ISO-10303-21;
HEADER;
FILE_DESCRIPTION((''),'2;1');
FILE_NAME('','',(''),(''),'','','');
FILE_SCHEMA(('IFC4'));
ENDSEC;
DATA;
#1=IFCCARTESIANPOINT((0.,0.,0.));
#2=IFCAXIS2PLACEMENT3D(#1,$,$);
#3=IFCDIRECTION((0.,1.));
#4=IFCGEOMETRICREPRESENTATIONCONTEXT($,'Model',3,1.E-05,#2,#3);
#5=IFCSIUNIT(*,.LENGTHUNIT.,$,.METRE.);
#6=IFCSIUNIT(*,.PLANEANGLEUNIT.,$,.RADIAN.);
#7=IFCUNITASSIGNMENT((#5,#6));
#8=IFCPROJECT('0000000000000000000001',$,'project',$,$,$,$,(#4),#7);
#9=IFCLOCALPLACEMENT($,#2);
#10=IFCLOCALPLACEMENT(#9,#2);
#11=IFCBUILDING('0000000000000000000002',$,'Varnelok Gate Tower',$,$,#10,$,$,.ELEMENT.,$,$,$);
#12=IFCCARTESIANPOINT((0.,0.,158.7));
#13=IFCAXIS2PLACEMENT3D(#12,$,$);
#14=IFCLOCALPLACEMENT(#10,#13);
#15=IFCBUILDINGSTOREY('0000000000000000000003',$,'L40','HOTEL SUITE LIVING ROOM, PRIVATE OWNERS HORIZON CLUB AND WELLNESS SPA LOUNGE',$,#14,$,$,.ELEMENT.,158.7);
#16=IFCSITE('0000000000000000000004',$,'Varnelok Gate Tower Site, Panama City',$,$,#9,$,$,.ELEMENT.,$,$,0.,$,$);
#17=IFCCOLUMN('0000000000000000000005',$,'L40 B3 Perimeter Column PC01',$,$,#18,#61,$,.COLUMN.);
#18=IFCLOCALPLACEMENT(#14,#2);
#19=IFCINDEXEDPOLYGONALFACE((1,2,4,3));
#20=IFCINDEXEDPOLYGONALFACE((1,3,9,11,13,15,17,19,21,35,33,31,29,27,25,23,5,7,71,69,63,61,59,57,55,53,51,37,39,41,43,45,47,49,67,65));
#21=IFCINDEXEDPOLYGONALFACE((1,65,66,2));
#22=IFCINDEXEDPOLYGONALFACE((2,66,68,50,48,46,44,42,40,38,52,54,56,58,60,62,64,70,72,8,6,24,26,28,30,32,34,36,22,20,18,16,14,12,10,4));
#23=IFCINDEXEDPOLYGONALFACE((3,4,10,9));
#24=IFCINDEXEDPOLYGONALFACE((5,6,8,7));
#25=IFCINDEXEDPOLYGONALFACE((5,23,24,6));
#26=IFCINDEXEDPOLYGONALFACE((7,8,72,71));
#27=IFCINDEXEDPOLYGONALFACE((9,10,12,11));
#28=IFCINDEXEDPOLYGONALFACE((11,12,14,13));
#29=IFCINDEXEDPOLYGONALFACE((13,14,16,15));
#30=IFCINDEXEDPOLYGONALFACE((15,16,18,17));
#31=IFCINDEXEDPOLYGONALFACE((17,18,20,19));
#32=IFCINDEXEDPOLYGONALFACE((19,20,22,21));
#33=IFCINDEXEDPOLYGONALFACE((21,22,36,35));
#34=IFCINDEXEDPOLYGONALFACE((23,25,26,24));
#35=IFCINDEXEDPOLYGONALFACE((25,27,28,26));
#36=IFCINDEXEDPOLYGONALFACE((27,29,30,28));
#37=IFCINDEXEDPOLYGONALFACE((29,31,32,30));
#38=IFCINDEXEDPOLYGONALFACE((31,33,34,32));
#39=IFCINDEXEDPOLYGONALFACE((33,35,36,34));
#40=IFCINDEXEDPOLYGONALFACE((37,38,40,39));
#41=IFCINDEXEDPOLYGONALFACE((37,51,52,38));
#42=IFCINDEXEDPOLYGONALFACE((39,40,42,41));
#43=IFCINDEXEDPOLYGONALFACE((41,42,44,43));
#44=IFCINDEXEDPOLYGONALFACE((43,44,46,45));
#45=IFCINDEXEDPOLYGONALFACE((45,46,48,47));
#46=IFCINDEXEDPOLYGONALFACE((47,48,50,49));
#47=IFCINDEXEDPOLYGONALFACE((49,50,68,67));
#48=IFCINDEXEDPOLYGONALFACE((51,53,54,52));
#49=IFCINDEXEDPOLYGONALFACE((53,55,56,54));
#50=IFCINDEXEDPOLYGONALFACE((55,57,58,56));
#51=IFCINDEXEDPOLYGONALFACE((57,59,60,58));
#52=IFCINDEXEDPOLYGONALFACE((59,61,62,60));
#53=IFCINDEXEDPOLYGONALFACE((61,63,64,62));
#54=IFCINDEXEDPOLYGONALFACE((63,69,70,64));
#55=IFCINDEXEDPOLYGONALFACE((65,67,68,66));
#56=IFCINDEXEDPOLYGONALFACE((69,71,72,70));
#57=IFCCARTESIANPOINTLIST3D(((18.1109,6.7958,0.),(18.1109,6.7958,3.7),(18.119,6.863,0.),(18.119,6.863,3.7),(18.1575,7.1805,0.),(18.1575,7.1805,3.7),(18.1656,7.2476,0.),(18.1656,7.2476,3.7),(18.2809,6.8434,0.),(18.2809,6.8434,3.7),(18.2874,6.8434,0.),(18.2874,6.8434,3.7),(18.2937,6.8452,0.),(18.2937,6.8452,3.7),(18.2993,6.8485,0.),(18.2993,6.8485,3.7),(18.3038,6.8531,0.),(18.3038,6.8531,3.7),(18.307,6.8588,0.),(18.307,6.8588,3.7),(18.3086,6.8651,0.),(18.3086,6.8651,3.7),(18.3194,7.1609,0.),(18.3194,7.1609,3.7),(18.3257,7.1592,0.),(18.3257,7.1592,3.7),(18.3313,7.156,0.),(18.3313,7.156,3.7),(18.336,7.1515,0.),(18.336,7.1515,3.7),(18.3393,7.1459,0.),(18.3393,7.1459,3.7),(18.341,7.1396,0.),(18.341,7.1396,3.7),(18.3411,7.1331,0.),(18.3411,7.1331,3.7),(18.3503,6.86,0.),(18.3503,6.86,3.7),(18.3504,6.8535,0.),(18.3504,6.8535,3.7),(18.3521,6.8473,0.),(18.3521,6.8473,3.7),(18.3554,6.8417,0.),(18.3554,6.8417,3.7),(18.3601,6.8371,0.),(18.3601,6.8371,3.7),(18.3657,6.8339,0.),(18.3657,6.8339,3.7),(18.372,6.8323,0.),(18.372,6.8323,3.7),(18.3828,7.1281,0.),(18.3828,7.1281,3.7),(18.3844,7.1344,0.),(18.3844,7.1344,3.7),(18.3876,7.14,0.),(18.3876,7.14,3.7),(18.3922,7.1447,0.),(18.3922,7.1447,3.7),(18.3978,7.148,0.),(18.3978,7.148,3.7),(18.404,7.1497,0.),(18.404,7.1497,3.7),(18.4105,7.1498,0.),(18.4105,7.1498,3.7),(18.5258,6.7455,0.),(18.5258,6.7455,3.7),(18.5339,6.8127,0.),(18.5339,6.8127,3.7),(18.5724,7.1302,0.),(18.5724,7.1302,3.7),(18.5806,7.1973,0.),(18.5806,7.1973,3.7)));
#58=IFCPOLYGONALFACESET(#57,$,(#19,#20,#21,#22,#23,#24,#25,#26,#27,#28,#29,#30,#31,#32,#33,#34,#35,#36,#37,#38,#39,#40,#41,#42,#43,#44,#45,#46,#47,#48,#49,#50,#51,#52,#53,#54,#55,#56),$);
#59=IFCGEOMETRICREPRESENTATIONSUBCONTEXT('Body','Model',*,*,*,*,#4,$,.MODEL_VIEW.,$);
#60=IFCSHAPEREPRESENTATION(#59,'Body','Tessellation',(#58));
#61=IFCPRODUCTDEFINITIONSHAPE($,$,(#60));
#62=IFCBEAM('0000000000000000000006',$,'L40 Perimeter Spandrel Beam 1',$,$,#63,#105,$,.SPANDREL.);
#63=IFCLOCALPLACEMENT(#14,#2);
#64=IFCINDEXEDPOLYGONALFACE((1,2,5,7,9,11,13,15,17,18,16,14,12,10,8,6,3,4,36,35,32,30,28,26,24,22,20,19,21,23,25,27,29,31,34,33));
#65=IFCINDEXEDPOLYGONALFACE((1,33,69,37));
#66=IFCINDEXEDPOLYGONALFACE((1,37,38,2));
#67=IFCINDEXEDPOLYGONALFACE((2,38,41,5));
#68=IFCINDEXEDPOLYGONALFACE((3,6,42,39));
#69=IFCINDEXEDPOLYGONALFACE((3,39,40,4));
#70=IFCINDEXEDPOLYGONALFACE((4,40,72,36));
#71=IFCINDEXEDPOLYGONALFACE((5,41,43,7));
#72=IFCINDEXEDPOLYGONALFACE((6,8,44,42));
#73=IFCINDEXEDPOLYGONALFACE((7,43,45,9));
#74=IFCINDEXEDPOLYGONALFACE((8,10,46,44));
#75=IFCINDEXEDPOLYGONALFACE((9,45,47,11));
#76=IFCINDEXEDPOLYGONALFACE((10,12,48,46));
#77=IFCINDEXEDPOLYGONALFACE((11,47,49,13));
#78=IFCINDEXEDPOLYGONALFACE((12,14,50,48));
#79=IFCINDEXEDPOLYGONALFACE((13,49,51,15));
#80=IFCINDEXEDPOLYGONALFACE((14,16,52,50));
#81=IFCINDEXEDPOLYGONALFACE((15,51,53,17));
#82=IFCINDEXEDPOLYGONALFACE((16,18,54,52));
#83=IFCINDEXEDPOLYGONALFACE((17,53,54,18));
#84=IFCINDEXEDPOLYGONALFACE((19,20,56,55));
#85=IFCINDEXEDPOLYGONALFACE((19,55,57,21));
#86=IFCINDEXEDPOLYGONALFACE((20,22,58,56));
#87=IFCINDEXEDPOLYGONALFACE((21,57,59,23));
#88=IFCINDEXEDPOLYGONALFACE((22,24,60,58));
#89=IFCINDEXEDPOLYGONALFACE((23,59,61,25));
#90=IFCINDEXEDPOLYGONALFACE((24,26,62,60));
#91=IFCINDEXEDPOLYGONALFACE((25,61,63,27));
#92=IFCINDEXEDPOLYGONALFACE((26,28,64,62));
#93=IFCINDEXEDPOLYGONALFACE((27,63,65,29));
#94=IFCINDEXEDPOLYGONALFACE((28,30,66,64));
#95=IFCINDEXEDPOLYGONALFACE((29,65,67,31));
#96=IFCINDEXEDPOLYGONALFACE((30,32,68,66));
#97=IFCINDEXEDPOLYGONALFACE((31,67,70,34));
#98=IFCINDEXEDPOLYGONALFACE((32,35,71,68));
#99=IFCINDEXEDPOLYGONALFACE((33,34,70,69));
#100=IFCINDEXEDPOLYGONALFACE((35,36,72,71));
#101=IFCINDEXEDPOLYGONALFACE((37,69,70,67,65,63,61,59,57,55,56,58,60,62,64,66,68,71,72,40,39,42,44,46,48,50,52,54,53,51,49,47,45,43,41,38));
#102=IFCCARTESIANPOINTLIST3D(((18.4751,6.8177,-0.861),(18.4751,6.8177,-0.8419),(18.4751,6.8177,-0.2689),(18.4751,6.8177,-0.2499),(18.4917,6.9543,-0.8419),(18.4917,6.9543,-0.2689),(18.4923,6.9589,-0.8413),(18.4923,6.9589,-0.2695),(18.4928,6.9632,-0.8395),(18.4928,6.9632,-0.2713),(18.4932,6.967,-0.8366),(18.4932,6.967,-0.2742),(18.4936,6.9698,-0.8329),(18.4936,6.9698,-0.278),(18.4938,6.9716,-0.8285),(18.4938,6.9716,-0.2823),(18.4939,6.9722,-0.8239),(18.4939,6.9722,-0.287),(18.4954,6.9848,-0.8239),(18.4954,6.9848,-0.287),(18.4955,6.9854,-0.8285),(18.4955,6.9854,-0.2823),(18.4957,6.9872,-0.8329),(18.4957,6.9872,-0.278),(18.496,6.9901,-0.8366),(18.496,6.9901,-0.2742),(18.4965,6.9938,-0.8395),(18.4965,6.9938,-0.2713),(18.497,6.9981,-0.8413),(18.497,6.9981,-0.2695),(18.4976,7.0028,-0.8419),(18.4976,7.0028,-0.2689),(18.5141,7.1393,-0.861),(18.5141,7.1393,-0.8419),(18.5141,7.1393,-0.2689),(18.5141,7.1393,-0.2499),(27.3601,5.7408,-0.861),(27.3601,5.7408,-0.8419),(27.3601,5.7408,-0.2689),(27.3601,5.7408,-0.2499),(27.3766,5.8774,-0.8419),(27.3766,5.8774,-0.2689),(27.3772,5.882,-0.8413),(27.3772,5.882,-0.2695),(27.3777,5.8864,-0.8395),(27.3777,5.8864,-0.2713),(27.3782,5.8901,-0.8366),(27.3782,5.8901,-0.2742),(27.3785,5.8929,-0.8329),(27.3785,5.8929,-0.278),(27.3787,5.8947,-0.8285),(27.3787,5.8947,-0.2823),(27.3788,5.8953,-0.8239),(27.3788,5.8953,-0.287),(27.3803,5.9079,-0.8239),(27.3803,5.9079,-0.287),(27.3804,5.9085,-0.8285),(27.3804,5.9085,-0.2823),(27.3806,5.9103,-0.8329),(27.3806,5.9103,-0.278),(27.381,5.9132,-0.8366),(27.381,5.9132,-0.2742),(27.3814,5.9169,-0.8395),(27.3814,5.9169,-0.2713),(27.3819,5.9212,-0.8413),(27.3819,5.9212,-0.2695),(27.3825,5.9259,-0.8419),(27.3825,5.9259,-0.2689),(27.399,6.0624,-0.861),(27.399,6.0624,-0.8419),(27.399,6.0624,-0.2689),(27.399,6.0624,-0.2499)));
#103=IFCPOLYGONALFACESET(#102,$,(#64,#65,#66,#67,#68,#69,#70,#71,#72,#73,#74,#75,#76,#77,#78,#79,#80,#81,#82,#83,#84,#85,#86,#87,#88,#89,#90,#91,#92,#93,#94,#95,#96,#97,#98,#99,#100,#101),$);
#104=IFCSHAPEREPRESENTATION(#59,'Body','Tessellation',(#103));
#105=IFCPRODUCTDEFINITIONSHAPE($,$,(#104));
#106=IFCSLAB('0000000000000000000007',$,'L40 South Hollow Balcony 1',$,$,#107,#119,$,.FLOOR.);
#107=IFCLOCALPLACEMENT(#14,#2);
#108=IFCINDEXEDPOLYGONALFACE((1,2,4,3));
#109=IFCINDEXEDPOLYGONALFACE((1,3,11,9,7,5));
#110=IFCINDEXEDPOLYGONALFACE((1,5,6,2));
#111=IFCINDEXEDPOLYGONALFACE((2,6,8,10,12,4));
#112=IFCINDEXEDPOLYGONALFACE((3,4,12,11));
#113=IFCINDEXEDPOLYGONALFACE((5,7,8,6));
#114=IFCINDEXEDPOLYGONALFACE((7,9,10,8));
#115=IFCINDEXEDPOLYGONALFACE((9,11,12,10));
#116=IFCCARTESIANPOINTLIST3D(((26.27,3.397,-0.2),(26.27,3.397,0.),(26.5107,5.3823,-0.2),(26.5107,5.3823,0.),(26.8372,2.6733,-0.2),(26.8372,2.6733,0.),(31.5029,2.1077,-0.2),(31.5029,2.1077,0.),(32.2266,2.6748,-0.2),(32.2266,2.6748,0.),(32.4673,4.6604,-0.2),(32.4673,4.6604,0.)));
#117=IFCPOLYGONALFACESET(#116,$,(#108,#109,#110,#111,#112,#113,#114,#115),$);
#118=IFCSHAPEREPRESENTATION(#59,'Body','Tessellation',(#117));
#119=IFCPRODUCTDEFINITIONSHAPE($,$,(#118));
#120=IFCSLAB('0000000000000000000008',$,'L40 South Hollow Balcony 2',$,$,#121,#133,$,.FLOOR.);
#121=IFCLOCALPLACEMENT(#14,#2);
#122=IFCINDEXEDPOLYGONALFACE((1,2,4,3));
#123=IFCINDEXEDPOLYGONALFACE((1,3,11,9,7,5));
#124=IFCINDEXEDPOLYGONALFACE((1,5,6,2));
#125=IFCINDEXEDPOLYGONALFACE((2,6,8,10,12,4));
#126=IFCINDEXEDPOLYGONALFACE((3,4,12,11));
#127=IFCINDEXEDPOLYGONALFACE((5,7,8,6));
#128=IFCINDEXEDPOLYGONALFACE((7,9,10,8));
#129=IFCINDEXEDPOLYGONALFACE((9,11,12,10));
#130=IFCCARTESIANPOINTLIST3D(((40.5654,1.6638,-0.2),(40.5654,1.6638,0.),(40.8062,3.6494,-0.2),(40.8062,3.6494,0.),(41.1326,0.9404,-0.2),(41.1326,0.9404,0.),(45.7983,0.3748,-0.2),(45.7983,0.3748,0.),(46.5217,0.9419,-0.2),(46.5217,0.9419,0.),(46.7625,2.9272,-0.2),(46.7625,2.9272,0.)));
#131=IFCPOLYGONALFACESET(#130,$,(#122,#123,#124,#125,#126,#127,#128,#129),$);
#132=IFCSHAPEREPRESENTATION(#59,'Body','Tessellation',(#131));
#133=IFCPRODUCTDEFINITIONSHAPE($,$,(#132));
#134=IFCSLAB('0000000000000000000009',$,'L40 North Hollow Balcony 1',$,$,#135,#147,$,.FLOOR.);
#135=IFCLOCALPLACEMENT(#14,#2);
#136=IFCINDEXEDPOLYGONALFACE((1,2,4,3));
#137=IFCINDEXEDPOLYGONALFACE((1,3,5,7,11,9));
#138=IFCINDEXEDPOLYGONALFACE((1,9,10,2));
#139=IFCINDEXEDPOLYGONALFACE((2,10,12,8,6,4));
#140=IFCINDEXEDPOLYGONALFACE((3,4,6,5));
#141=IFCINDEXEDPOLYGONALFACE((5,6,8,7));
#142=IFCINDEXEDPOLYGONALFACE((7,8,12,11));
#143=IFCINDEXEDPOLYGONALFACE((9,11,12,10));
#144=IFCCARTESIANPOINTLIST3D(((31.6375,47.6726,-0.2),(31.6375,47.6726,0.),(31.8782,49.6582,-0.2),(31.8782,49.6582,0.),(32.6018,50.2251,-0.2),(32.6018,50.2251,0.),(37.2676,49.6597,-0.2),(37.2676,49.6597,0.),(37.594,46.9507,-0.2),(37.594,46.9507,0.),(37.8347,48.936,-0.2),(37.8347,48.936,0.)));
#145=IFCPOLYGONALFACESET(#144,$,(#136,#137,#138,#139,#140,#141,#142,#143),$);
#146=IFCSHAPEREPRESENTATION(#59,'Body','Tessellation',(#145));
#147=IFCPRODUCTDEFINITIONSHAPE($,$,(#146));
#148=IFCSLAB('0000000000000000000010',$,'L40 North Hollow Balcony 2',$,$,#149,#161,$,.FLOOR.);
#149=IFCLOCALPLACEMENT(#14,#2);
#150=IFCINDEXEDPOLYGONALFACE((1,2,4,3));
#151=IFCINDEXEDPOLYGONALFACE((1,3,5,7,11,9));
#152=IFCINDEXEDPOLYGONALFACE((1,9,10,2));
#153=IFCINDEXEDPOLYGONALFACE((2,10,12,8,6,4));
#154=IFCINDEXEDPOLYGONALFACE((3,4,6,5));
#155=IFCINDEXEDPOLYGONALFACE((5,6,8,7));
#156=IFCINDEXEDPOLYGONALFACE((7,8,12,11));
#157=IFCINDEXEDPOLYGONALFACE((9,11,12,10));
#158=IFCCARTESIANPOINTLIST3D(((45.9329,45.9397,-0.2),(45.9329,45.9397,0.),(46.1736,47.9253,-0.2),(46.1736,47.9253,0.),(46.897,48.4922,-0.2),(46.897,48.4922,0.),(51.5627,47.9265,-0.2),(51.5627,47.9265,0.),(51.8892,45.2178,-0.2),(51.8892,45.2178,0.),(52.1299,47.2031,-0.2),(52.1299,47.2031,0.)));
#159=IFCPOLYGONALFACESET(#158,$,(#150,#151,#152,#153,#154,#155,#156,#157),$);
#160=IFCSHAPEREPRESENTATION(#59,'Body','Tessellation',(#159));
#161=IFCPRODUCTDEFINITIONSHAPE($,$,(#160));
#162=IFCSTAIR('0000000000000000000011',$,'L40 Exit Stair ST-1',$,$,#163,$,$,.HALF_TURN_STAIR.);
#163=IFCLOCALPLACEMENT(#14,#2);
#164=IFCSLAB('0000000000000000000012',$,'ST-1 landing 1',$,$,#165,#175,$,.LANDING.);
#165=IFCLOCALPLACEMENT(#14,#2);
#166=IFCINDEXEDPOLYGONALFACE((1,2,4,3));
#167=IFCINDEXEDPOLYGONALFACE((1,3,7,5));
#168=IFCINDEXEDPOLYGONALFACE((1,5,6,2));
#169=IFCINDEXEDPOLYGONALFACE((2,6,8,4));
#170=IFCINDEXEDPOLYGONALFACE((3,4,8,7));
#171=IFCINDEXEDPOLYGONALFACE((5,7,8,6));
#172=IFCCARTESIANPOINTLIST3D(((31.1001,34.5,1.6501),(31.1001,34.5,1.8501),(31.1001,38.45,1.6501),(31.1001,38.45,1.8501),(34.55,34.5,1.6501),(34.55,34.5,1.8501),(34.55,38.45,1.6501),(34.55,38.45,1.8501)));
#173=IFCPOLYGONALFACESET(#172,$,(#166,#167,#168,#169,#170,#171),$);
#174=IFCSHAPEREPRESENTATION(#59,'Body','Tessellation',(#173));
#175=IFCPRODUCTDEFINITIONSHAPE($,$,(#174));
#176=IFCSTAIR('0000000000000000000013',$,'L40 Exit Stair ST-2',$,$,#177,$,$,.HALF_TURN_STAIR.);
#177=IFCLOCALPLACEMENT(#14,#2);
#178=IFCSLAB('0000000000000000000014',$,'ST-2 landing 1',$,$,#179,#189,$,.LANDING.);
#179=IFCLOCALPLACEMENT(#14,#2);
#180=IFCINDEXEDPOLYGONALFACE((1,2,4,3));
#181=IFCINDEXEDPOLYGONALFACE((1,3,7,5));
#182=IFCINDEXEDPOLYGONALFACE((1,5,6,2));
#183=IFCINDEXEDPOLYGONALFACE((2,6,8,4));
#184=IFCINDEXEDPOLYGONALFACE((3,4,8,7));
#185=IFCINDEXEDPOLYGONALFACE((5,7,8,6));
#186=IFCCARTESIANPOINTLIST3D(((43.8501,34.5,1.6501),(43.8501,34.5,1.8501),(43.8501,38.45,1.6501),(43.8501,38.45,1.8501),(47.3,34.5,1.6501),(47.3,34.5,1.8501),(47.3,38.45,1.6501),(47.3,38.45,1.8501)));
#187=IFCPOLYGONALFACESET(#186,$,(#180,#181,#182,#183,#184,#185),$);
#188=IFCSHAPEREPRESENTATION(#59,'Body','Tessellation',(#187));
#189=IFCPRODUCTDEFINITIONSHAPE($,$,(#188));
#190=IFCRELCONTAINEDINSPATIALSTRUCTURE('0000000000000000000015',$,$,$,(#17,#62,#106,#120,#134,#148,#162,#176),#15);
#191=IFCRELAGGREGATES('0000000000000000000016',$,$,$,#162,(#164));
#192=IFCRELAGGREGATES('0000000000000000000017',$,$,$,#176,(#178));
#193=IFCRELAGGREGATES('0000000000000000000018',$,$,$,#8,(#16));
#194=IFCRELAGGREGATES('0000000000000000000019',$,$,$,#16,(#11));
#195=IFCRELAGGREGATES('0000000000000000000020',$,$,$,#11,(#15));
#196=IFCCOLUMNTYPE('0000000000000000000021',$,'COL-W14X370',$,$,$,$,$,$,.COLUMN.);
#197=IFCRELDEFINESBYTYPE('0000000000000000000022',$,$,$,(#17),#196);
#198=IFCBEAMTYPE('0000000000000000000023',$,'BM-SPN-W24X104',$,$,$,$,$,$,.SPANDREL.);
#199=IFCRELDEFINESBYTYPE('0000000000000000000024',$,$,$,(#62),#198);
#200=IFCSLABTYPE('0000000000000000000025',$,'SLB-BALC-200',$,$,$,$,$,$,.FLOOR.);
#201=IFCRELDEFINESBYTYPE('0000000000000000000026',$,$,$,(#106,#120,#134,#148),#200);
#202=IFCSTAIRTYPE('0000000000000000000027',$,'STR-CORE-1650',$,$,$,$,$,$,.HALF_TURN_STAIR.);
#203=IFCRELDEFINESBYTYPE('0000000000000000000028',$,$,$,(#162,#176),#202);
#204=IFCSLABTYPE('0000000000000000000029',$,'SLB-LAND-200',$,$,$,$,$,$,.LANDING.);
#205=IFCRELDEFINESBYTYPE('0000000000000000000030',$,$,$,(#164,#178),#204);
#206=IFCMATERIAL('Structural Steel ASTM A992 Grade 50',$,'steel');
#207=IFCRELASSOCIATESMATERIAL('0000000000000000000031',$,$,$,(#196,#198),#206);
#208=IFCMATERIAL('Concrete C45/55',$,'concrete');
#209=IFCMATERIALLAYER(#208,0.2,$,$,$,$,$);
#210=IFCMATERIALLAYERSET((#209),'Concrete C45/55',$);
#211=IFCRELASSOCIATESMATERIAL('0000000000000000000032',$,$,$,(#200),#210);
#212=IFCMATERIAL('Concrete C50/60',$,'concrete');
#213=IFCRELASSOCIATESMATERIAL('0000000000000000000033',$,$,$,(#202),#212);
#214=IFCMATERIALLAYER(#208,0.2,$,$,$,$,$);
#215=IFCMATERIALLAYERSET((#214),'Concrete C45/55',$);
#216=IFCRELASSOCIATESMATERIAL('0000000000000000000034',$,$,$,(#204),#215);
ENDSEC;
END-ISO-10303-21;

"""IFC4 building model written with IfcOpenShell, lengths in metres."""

from ifc_helpers import new_model, si_unit, direction, frame, origin, origin_2d, place, context, subcontext, project, spatial, polyline, i_section, outline, extrude, material, layer, layer_set, material_profile, profile_set, type_object, element, aggregate, save


model = new_model("IFC4")

# Units and contexts
model_context = context("Model", 3, precision=1e-05, world=origin(), true_north=direction((0.0, 1.0)))
body_context = subcontext(model_context, "Body", "Model", "MODEL_VIEW")
ifc_project = project(units=[si_unit("LENGTHUNIT", "METRE"), si_unit("PLANEANGLEUNIT", "RADIAN")], contexts=[model_context])

# Site, building, storey
site_placement = place(None, origin())
site = spatial("IfcSite", under=ifc_project, at=site_placement, Name="Varnelok Gate Tower Site, Panama City", CompositionType="ELEMENT", RefElevation=0.0)
building_placement = place(site_placement, origin())
building = spatial("IfcBuilding", under=site, at=building_placement, Name="Varnelok Gate Tower", CompositionType="ELEMENT")
storey_placement = place(building_placement, frame((0.0, 0.0, 158.7)))
storey = spatial("IfcBuildingStorey", under=building, at=storey_placement, Name="L40", Description="HOTEL SUITE LIVING ROOM, PRIVATE OWNERS HORIZON CLUB AND WELLNESS SPA LOUNGE", CompositionType="ELEMENT", Elevation=158.7)

# Column
ifc_material_1 = material(Name="Structural Steel ASTM A992 Grade 50", Category="steel")
ifc_material_profile_1 = material_profile(ifc_material_1, i_section(OverallWidth=0.418, OverallDepth=0.4551, WebThickness=0.042, FlangeThickness=0.0676, FilletRadius=0.0249, at=origin_2d()), Name="W14X370")
ifc_profile_set_1 = profile_set([ifc_material_profile_1], Name="Structural Steel ASTM A992 Grade 50")
column_type = type_object("IfcColumnType", Name="COL-W14X370", PredefinedType="COLUMN", material=ifc_profile_set_1)
column_placement = place(storey_placement, frame((18.3457, 6.9966, 0.0), z_axis=(0.0, 0.0, 1.0), x_axis=(0.992732, -0.120345, 0.0)))
element("IfcColumn", 1, at=column_placement, inside=storey, type_object=column_type, Name="L40 B3 Perimeter Column PC01", PredefinedType="COLUMN", context=body_context, shape_type="SweptSolid", body=[
    extrude(i_section(OverallWidth=0.418, OverallDepth=0.4551, WebThickness=0.042, FlangeThickness=0.0676, FilletRadius=0.0249, at=origin_2d()), origin(), (0.0, 0.0, 1.0), 3.7),
])

# Beam
ifc_material_profile_2 = material_profile(ifc_material_1, i_section(OverallWidth=0.324, OverallDepth=0.6111, WebThickness=0.0127, FlangeThickness=0.019, FilletRadius=0.0181, at=origin_2d()), Name="W24X104")
ifc_profile_set_2 = profile_set([ifc_material_profile_2], Name="Structural Steel ASTM A992 Grade 50")
beam_type = type_object("IfcBeamType", Name="BM-SPN-W24X104", PredefinedType="SPANDREL", material=ifc_profile_set_2)
beam_placement = place(storey_placement, frame((18.4946, 6.9785, -0.5554), z_axis=(0.992735, -0.120324, 0.0), x_axis=(0.120324, 0.992735, 0.0)))
element("IfcBeam", 2, at=beam_placement, inside=storey, type_object=beam_type, Name="L40 Perimeter Spandrel Beam 1", PredefinedType="SPANDREL", context=body_context, shape_type="SweptSolid", body=[
    extrude(i_section(OverallWidth=0.324, OverallDepth=0.6111, WebThickness=0.0127, FlangeThickness=0.019, FilletRadius=0.0181, at=origin_2d()), origin(), (0.0, 0.0, 1.0), 8.95),
])

# Slabs
ifc_material_2 = material(Name="Concrete C45/55", Category="concrete")
ifc_layer_1 = layer(ifc_material_2, 0.2)
ifc_layer_set_1 = layer_set([ifc_layer_1], Name="Concrete C45/55")
slab_type_1 = type_object("IfcSlabType", Name="SLB-BALC-200", PredefinedType="FLOOR", material=ifc_layer_set_1)
slab_1_placement = place(storey_placement, frame((0.0, 0.0, -0.2)))
element("IfcSlab", 3, at=slab_1_placement, inside=storey, type_object=slab_type_1, Name="L40 South Hollow Balcony 1", PredefinedType="FLOOR", context=body_context, shape_type="SweptSolid", body=[
    extrude(outline(polyline([(26.27, 3.397), (26.8372, 2.6733), (31.5029, 2.1077), (32.2266, 2.6748), (32.4673, 4.6604), (26.5107, 5.3823), (26.27, 3.397)])), origin(), (0.0, 0.0, 1.0), 0.2),
])
slab_2_placement = place(storey_placement, frame((0.0, 0.0, -0.2)))
element("IfcSlab", 4, at=slab_2_placement, inside=storey, type_object=slab_type_1, Name="L40 South Hollow Balcony 2", PredefinedType="FLOOR", context=body_context, shape_type="SweptSolid", body=[
    extrude(outline(polyline([(40.5654, 1.6638), (41.1326, 0.9404), (45.7983, 0.3748), (46.5217, 0.9419), (46.7625, 2.9272), (40.8062, 3.6494), (40.5654, 1.6638)])), origin(), (0.0, 0.0, 1.0), 0.2),
])
slab_3_placement = place(storey_placement, frame((0.0, 0.0, -0.2)))
element("IfcSlab", 5, at=slab_3_placement, inside=storey, type_object=slab_type_1, Name="L40 North Hollow Balcony 1", PredefinedType="FLOOR", context=body_context, shape_type="SweptSolid", body=[
    extrude(outline(polyline([(31.6375, 47.6726), (37.594, 46.9507), (37.8347, 48.936), (37.2676, 49.6597), (32.6018, 50.2251), (31.8782, 49.6582), (31.6375, 47.6726)])), origin(), (0.0, 0.0, 1.0), 0.2),
])
slab_4_placement = place(storey_placement, frame((0.0, 0.0, -0.2)))
element("IfcSlab", 6, at=slab_4_placement, inside=storey, type_object=slab_type_1, Name="L40 North Hollow Balcony 2", PredefinedType="FLOOR", context=body_context, shape_type="SweptSolid", body=[
    extrude(outline(polyline([(45.9329, 45.9397), (51.8892, 45.2178), (52.1299, 47.2031), (51.5627, 47.9265), (46.897, 48.4922), (46.1736, 47.9253), (45.9329, 45.9397)])), origin(), (0.0, 0.0, 1.0), 0.2),
])

# Stairs, slabs
ifc_material_3 = material(Name="Concrete C50/60", Category="concrete")
stair_type = type_object("IfcStairType", Name="STR-CORE-1650", PredefinedType="HALF_TURN_STAIR", material=ifc_material_3)
stair_1_placement = place(storey_placement, origin())
stair_1 = element("IfcStair", 7, at=stair_1_placement, inside=storey, type_object=stair_type, Name="L40 Exit Stair ST-1", PredefinedType="HALF_TURN_STAIR")
ifc_layer_2 = layer(ifc_material_2, 0.2)
ifc_layer_set_2 = layer_set([ifc_layer_2], Name="Concrete C45/55")
slab_type_2 = type_object("IfcSlabType", Name="SLB-LAND-200", PredefinedType="LANDING", material=ifc_layer_set_2)
slab_5_placement = place(storey_placement, frame((0.0, 0.0, 1.6501)))
slab_5 = element("IfcSlab", 8, at=slab_5_placement, type_object=slab_type_2, Name="ST-1 landing 1", PredefinedType="LANDING", context=body_context, shape_type="SweptSolid", body=[
    extrude(outline(polyline([(34.55, 34.5), (34.55, 38.45), (31.1001, 38.45), (31.1001, 34.5), (34.55, 34.5)])), origin(), (0.0, 0.0, 1.0), 0.2),
])
aggregate(stair_1, [slab_5])
stair_2_placement = place(storey_placement, origin())
stair_2 = element("IfcStair", 9, at=stair_2_placement, inside=storey, type_object=stair_type, Name="L40 Exit Stair ST-2", PredefinedType="HALF_TURN_STAIR")
slab_6_placement = place(storey_placement, frame((0.0, 0.0, 1.6501)))
slab_6 = element("IfcSlab", 10, at=slab_6_placement, type_object=slab_type_2, Name="ST-2 landing 1", PredefinedType="LANDING", context=body_context, shape_type="SweptSolid", body=[
    extrude(outline(polyline([(47.3, 34.5), (47.3, 38.45), (43.8501, 38.45), (43.8501, 34.5), (47.3, 34.5)])), origin(), (0.0, 0.0, 1.0), 0.2),
])
aggregate(stair_2, [slab_6])

save(model, "model.ifc")
